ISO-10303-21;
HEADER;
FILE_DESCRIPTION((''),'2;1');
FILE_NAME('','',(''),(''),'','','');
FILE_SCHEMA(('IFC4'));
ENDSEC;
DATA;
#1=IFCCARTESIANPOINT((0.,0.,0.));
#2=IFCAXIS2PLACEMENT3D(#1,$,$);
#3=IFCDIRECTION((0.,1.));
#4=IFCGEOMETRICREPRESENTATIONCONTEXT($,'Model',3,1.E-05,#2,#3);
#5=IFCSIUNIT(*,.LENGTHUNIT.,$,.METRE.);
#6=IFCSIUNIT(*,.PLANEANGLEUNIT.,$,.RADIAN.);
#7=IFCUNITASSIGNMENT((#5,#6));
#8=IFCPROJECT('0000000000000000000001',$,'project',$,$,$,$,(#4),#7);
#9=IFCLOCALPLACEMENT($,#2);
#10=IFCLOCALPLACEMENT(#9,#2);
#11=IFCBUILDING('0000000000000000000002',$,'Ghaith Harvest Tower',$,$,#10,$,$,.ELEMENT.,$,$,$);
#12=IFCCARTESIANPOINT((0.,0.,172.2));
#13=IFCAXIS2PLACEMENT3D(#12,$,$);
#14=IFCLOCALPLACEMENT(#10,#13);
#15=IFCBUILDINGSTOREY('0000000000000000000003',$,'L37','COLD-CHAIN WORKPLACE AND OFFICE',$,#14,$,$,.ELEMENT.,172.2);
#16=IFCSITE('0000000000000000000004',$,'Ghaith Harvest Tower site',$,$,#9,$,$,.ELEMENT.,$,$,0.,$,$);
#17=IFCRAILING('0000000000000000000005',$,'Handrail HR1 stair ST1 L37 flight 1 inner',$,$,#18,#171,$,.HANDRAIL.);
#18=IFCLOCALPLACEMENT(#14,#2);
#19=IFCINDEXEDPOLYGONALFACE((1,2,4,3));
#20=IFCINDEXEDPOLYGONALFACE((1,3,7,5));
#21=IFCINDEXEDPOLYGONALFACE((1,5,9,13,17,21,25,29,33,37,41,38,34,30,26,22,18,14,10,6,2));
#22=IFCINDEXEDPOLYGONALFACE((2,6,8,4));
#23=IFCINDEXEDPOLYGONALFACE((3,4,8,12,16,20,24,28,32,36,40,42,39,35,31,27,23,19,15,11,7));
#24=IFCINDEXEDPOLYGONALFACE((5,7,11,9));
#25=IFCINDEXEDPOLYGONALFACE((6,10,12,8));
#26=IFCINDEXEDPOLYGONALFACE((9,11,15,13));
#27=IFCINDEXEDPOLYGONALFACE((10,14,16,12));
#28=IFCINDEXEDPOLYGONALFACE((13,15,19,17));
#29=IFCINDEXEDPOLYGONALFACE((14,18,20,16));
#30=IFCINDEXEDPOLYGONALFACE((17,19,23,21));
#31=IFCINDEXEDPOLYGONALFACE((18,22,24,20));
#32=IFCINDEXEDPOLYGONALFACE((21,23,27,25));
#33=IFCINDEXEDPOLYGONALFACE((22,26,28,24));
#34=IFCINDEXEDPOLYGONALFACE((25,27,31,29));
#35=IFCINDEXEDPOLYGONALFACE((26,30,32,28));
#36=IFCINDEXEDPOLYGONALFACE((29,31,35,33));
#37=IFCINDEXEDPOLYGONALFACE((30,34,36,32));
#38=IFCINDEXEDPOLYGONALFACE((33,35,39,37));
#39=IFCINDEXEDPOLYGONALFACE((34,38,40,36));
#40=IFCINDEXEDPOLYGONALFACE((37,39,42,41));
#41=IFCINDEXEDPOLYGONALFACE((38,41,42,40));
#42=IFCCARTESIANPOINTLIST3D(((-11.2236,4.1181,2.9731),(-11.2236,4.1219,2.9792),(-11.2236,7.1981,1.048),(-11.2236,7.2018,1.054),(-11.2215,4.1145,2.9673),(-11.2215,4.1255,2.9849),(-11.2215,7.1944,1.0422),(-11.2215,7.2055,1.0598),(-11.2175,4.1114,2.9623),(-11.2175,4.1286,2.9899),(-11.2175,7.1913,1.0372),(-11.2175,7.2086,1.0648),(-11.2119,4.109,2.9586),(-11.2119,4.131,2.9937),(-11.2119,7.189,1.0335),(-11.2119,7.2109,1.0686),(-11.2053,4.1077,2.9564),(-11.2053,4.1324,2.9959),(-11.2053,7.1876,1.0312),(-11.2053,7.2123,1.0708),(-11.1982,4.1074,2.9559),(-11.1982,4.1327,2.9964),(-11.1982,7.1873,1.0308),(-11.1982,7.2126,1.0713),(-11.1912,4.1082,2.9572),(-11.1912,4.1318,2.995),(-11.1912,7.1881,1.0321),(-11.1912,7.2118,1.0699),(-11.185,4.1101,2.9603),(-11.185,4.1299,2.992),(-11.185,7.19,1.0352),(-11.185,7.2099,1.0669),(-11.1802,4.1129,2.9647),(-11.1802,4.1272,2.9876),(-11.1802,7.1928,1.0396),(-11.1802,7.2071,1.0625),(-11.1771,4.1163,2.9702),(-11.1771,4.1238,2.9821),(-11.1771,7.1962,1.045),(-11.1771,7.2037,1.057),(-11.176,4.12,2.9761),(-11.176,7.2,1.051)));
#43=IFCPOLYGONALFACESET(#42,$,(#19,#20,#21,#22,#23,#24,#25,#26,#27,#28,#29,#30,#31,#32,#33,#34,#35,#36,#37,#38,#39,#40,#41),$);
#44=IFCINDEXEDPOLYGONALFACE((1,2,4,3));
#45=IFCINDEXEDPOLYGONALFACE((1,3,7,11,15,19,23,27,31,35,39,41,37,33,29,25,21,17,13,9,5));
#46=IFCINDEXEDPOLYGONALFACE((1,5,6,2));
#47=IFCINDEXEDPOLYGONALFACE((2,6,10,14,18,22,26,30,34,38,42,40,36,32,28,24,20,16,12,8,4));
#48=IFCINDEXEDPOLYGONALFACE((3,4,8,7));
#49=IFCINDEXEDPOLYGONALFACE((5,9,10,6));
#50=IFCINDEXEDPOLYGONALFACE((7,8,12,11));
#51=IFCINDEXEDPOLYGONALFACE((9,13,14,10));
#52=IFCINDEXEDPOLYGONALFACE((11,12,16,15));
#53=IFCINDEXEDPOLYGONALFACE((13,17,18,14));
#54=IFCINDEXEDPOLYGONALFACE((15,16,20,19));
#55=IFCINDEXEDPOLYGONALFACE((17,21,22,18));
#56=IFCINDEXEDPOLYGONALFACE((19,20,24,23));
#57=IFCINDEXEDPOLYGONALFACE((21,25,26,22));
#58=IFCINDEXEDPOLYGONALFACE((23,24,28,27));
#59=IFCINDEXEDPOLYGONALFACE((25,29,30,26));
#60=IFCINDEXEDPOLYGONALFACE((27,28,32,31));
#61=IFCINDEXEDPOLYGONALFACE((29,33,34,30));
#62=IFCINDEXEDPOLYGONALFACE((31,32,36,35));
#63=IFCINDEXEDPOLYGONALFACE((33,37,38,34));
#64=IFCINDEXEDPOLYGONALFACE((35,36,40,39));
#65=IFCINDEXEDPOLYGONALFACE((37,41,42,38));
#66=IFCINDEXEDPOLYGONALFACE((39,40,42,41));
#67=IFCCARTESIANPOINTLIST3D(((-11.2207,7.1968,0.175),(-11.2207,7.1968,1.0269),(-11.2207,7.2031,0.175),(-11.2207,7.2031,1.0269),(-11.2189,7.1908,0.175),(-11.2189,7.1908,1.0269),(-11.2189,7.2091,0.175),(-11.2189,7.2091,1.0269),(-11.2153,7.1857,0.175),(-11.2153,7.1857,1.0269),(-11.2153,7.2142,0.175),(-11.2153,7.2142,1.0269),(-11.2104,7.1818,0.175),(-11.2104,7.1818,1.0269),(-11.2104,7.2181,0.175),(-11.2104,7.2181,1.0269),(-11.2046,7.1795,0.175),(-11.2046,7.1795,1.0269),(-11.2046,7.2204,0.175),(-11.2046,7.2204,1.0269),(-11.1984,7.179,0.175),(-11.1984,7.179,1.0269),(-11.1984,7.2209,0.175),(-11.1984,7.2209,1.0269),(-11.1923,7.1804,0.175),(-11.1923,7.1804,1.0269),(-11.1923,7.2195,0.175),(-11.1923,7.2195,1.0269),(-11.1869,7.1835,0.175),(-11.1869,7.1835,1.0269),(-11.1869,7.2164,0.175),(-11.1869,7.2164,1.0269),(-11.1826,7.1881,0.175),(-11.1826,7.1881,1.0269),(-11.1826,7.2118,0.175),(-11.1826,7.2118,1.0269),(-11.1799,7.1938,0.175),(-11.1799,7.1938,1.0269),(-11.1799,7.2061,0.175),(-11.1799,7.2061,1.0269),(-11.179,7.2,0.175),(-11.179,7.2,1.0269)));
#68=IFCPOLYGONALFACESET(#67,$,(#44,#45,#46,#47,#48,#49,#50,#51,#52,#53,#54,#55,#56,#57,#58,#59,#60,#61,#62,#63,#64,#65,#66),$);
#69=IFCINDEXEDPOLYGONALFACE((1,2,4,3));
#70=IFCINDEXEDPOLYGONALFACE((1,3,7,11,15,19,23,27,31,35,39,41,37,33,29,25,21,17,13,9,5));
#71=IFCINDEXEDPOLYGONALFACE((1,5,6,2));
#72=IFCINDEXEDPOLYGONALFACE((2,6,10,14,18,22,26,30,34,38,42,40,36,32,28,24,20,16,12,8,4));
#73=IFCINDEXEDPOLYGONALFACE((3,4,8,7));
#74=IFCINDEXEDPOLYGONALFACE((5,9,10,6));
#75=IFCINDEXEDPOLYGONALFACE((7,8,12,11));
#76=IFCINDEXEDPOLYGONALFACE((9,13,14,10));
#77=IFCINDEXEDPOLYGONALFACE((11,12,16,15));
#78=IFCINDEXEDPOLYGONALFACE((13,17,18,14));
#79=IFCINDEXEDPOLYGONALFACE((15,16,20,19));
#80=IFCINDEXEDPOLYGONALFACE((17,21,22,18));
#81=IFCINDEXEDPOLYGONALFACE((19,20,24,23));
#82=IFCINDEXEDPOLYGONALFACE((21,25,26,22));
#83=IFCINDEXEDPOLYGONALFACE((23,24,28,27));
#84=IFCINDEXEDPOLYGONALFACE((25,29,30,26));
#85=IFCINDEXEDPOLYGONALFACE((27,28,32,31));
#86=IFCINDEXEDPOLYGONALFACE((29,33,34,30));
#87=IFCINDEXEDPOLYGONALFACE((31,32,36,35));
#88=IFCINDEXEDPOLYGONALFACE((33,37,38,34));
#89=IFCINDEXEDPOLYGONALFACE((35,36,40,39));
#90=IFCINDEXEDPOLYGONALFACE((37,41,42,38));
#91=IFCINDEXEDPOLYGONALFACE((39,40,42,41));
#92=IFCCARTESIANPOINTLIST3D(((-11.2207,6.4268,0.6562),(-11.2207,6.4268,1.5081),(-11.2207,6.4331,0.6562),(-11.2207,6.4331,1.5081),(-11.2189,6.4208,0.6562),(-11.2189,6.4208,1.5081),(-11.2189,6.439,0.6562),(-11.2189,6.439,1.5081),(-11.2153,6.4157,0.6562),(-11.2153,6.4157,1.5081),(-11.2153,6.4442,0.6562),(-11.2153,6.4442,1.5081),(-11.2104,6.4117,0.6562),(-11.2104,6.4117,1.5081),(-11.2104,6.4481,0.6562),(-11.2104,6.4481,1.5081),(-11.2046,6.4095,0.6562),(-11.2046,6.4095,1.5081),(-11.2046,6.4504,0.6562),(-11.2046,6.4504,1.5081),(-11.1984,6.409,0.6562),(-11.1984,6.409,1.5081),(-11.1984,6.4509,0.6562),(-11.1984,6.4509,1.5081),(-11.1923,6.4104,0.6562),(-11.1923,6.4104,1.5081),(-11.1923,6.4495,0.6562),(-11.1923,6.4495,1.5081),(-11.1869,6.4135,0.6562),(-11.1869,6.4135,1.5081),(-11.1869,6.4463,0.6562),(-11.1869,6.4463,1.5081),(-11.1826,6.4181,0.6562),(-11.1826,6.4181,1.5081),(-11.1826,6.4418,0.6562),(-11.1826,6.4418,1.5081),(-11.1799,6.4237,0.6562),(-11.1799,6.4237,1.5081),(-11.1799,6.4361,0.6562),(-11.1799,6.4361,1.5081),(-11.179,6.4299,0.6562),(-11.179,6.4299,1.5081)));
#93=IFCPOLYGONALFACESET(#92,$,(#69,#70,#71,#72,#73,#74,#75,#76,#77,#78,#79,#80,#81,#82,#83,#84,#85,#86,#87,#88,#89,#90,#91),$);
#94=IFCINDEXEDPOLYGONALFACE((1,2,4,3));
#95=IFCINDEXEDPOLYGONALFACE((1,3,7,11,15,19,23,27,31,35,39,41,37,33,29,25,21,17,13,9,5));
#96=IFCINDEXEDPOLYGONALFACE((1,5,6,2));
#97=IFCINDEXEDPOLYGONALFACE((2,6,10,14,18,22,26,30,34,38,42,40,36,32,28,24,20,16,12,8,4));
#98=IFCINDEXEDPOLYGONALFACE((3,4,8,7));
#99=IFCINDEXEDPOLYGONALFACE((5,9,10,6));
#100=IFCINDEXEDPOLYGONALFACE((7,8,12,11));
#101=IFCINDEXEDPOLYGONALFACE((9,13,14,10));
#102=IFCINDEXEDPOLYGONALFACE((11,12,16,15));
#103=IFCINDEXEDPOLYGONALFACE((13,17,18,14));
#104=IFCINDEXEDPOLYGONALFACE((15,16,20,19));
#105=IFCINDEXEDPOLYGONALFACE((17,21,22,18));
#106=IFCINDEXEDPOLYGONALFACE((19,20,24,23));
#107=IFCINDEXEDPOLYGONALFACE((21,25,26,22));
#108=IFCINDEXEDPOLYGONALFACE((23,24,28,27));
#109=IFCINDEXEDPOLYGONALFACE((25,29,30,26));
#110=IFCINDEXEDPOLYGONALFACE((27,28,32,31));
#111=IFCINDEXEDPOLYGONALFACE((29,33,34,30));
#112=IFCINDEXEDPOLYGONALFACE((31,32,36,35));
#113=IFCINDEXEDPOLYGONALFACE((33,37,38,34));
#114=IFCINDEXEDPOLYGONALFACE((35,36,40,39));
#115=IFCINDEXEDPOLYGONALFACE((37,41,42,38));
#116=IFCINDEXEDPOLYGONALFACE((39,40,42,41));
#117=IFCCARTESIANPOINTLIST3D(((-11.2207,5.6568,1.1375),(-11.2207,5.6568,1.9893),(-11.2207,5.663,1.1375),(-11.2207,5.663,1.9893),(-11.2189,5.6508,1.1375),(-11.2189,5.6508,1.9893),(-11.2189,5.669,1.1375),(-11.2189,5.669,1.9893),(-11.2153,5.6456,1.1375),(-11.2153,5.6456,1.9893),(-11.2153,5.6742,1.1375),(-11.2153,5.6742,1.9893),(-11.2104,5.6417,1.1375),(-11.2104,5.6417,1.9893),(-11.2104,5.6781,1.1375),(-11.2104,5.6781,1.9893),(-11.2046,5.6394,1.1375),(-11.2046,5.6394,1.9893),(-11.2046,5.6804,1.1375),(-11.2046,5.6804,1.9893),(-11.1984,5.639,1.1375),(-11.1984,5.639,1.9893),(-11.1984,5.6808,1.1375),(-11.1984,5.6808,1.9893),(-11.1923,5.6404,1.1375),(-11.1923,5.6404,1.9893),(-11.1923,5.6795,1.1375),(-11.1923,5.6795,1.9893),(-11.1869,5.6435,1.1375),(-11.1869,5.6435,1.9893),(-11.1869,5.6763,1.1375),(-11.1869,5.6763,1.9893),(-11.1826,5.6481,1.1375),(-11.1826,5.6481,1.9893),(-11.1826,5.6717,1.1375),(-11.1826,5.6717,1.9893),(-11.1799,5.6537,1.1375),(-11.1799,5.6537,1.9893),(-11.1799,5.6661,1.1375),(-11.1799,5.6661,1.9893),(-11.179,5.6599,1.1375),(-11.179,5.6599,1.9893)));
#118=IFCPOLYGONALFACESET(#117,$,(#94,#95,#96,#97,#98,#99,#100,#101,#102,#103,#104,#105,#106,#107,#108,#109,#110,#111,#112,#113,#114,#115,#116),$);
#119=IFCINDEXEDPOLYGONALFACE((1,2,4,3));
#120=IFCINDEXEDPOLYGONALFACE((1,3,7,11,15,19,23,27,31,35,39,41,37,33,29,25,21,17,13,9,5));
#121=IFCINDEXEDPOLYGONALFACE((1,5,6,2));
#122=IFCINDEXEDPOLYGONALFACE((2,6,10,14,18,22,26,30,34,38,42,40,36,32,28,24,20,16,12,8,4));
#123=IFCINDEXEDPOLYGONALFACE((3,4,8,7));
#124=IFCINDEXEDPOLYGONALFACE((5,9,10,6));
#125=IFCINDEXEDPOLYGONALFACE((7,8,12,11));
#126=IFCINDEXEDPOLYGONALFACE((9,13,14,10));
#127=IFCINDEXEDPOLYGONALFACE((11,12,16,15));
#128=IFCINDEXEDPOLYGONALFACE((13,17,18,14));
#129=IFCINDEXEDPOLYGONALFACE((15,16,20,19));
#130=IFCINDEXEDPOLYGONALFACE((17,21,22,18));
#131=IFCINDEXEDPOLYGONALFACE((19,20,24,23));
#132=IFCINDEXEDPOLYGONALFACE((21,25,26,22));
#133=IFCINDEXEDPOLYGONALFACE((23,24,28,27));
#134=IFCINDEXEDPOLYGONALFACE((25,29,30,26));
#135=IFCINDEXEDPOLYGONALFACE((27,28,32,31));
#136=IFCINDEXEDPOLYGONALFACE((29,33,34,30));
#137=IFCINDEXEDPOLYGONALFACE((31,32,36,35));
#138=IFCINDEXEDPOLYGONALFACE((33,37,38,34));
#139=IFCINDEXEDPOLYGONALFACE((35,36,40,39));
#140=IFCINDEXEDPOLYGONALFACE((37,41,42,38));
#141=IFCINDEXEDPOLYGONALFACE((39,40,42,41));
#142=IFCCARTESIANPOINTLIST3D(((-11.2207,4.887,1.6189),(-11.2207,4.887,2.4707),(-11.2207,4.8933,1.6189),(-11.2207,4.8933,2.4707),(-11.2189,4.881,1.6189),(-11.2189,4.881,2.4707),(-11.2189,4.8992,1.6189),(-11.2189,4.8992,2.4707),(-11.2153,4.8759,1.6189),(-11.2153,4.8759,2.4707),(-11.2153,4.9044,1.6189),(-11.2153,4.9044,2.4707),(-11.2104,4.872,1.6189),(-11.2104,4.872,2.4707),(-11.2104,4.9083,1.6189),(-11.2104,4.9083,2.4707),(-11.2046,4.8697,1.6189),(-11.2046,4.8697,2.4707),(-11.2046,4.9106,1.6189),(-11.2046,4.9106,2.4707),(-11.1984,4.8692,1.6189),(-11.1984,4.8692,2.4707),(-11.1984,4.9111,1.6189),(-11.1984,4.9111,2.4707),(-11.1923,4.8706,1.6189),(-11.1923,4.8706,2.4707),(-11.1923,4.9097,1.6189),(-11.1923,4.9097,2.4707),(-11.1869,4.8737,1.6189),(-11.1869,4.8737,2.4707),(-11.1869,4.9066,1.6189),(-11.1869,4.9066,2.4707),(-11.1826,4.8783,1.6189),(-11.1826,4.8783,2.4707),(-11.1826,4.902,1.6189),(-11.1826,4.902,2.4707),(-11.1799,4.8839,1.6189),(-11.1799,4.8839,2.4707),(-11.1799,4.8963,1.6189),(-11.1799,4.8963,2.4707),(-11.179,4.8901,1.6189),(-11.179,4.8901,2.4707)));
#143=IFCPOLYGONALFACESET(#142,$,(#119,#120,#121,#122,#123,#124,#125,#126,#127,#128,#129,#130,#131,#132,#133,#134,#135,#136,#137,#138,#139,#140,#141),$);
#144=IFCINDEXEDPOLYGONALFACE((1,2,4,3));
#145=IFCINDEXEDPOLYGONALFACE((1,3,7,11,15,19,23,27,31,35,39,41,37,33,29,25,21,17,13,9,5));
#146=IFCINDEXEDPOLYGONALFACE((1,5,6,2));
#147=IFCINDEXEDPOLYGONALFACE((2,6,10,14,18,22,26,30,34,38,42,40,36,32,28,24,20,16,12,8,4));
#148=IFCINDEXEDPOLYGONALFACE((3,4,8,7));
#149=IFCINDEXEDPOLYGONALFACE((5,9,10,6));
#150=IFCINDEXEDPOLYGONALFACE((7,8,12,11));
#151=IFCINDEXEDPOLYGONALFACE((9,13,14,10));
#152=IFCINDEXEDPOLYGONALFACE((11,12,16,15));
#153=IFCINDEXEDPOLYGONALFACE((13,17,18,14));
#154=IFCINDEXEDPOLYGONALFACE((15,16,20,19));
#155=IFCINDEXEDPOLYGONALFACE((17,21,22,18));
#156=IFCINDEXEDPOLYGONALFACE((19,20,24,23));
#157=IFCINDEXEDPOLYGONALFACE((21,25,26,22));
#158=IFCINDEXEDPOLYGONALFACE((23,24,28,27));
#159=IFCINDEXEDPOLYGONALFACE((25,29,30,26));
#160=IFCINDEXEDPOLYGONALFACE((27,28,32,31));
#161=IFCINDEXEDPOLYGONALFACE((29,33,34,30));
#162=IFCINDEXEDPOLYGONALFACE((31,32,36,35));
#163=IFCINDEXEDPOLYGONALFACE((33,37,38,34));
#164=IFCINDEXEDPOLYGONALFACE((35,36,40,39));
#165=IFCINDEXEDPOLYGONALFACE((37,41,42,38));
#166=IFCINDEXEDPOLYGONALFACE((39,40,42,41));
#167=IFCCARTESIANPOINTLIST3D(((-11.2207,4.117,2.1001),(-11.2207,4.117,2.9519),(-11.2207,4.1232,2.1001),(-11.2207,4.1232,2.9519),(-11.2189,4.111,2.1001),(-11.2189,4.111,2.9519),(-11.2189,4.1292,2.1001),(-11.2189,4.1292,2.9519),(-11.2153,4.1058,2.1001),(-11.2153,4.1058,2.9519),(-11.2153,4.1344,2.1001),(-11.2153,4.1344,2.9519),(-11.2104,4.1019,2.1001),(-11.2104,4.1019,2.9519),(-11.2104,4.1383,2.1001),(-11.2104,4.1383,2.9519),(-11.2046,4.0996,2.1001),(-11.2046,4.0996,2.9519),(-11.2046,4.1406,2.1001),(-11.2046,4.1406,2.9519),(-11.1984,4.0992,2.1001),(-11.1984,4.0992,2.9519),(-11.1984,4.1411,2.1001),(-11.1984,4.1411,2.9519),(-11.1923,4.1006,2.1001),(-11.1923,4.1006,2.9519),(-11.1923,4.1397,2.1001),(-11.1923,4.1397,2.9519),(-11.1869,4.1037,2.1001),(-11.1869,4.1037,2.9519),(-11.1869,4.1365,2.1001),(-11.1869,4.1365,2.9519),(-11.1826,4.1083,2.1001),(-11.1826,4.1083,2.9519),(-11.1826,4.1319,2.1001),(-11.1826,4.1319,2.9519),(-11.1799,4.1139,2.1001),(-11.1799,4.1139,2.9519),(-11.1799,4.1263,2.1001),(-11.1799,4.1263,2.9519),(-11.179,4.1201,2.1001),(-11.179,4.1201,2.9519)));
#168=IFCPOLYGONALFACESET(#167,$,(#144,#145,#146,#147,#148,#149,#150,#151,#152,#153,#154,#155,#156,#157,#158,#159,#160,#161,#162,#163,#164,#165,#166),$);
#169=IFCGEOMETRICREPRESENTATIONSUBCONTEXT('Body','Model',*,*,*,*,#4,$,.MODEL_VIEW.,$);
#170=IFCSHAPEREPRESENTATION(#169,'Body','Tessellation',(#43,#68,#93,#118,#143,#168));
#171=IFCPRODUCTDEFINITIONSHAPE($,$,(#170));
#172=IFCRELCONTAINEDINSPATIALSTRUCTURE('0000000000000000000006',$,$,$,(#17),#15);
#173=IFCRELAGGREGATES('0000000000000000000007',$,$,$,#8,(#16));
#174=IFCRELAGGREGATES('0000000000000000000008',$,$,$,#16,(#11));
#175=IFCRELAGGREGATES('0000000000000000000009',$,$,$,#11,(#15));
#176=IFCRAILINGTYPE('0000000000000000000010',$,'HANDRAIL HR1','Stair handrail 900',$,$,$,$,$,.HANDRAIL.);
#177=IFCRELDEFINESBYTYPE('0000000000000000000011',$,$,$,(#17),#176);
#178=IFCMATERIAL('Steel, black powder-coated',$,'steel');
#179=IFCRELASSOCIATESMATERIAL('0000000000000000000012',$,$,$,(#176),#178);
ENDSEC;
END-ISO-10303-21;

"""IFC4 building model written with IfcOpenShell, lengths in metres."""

from ifc_helpers import new_model, si_unit, direction, frame, origin, origin_2d, place, context, subcontext, project, spatial, circle, extrude, material, type_object, element, save


model = new_model("IFC4")

# Units and contexts
model_context = context("Model", 3, precision=1e-05, world=origin(), true_north=direction((0.0, 1.0)))
body_context = subcontext(model_context, "Body", "Model", "MODEL_VIEW")
ifc_project = project(units=[si_unit("LENGTHUNIT", "METRE"), si_unit("PLANEANGLEUNIT", "RADIAN")], contexts=[model_context])

# Site, building, storey
site_placement = place(None, origin())
site = spatial("IfcSite", under=ifc_project, at=site_placement, Name="Ghaith Harvest Tower site", CompositionType="ELEMENT", RefElevation=0.0)
building_placement = place(site_placement, origin())
building = spatial("IfcBuilding", under=site, at=building_placement, Name="Ghaith Harvest Tower", CompositionType="ELEMENT")
storey_placement = place(building_placement, frame((0.0, 0.0, 172.2)))
storey = spatial("IfcBuildingStorey", under=building, at=storey_placement, Name="L37", Description="COLD-CHAIN WORKPLACE AND OFFICE", CompositionType="ELEMENT", Elevation=172.2)

# Railing
ifc_material_1 = material(Name="Steel, black powder-coated", Category="steel")
railing_type = type_object("IfcRailingType", Name="HANDRAIL HR1", Description="Stair handrail 900", PredefinedType="HANDRAIL", material=ifc_material_1)
railing_1_placement = place(storey_placement, frame((-11.2, 7.2, 0.175)))
element("IfcRailing", 1, at=railing_1_placement, inside=storey, type_object=railing_type, Name="Handrail HR1 stair ST1 L37 flight 1 inner", PredefinedType="HANDRAIL", context=body_context, shape_type="SweptSolid", body=[
    extrude(circle(Radius=0.0239, at=origin_2d()), frame((0.0, 0.0, 0.876), z_axis=(0.0, -0.847979, 0.530029), x_axis=(1.0, 0.0, 0.0)), (0.0, 0.0, 1.0), 3.6321),
    extrude(circle(Radius=0.021, at=origin_2d()), origin(), (0.0, 0.0, 1.0), 0.8518),
    extrude(circle(Radius=0.021, at=origin_2d()), frame((0.0, -0.77, 0.4812)), (0.0, 0.0, 1.0), 0.8518),
    extrude(circle(Radius=0.021, at=origin_2d()), frame((0.0, -1.54, 0.9624)), (0.0, 0.0, 1.0), 0.8518),
    extrude(circle(Radius=0.021, at=origin_2d()), frame((0.0, -2.3098, 1.4438)), (0.0, 0.0, 1.0), 0.8518),
    extrude(circle(Radius=0.021, at=origin_2d()), frame((0.0, -3.0798, 1.925)), (0.0, 0.0, 1.0), 0.8518),
])

save(model, "model.ifc")
